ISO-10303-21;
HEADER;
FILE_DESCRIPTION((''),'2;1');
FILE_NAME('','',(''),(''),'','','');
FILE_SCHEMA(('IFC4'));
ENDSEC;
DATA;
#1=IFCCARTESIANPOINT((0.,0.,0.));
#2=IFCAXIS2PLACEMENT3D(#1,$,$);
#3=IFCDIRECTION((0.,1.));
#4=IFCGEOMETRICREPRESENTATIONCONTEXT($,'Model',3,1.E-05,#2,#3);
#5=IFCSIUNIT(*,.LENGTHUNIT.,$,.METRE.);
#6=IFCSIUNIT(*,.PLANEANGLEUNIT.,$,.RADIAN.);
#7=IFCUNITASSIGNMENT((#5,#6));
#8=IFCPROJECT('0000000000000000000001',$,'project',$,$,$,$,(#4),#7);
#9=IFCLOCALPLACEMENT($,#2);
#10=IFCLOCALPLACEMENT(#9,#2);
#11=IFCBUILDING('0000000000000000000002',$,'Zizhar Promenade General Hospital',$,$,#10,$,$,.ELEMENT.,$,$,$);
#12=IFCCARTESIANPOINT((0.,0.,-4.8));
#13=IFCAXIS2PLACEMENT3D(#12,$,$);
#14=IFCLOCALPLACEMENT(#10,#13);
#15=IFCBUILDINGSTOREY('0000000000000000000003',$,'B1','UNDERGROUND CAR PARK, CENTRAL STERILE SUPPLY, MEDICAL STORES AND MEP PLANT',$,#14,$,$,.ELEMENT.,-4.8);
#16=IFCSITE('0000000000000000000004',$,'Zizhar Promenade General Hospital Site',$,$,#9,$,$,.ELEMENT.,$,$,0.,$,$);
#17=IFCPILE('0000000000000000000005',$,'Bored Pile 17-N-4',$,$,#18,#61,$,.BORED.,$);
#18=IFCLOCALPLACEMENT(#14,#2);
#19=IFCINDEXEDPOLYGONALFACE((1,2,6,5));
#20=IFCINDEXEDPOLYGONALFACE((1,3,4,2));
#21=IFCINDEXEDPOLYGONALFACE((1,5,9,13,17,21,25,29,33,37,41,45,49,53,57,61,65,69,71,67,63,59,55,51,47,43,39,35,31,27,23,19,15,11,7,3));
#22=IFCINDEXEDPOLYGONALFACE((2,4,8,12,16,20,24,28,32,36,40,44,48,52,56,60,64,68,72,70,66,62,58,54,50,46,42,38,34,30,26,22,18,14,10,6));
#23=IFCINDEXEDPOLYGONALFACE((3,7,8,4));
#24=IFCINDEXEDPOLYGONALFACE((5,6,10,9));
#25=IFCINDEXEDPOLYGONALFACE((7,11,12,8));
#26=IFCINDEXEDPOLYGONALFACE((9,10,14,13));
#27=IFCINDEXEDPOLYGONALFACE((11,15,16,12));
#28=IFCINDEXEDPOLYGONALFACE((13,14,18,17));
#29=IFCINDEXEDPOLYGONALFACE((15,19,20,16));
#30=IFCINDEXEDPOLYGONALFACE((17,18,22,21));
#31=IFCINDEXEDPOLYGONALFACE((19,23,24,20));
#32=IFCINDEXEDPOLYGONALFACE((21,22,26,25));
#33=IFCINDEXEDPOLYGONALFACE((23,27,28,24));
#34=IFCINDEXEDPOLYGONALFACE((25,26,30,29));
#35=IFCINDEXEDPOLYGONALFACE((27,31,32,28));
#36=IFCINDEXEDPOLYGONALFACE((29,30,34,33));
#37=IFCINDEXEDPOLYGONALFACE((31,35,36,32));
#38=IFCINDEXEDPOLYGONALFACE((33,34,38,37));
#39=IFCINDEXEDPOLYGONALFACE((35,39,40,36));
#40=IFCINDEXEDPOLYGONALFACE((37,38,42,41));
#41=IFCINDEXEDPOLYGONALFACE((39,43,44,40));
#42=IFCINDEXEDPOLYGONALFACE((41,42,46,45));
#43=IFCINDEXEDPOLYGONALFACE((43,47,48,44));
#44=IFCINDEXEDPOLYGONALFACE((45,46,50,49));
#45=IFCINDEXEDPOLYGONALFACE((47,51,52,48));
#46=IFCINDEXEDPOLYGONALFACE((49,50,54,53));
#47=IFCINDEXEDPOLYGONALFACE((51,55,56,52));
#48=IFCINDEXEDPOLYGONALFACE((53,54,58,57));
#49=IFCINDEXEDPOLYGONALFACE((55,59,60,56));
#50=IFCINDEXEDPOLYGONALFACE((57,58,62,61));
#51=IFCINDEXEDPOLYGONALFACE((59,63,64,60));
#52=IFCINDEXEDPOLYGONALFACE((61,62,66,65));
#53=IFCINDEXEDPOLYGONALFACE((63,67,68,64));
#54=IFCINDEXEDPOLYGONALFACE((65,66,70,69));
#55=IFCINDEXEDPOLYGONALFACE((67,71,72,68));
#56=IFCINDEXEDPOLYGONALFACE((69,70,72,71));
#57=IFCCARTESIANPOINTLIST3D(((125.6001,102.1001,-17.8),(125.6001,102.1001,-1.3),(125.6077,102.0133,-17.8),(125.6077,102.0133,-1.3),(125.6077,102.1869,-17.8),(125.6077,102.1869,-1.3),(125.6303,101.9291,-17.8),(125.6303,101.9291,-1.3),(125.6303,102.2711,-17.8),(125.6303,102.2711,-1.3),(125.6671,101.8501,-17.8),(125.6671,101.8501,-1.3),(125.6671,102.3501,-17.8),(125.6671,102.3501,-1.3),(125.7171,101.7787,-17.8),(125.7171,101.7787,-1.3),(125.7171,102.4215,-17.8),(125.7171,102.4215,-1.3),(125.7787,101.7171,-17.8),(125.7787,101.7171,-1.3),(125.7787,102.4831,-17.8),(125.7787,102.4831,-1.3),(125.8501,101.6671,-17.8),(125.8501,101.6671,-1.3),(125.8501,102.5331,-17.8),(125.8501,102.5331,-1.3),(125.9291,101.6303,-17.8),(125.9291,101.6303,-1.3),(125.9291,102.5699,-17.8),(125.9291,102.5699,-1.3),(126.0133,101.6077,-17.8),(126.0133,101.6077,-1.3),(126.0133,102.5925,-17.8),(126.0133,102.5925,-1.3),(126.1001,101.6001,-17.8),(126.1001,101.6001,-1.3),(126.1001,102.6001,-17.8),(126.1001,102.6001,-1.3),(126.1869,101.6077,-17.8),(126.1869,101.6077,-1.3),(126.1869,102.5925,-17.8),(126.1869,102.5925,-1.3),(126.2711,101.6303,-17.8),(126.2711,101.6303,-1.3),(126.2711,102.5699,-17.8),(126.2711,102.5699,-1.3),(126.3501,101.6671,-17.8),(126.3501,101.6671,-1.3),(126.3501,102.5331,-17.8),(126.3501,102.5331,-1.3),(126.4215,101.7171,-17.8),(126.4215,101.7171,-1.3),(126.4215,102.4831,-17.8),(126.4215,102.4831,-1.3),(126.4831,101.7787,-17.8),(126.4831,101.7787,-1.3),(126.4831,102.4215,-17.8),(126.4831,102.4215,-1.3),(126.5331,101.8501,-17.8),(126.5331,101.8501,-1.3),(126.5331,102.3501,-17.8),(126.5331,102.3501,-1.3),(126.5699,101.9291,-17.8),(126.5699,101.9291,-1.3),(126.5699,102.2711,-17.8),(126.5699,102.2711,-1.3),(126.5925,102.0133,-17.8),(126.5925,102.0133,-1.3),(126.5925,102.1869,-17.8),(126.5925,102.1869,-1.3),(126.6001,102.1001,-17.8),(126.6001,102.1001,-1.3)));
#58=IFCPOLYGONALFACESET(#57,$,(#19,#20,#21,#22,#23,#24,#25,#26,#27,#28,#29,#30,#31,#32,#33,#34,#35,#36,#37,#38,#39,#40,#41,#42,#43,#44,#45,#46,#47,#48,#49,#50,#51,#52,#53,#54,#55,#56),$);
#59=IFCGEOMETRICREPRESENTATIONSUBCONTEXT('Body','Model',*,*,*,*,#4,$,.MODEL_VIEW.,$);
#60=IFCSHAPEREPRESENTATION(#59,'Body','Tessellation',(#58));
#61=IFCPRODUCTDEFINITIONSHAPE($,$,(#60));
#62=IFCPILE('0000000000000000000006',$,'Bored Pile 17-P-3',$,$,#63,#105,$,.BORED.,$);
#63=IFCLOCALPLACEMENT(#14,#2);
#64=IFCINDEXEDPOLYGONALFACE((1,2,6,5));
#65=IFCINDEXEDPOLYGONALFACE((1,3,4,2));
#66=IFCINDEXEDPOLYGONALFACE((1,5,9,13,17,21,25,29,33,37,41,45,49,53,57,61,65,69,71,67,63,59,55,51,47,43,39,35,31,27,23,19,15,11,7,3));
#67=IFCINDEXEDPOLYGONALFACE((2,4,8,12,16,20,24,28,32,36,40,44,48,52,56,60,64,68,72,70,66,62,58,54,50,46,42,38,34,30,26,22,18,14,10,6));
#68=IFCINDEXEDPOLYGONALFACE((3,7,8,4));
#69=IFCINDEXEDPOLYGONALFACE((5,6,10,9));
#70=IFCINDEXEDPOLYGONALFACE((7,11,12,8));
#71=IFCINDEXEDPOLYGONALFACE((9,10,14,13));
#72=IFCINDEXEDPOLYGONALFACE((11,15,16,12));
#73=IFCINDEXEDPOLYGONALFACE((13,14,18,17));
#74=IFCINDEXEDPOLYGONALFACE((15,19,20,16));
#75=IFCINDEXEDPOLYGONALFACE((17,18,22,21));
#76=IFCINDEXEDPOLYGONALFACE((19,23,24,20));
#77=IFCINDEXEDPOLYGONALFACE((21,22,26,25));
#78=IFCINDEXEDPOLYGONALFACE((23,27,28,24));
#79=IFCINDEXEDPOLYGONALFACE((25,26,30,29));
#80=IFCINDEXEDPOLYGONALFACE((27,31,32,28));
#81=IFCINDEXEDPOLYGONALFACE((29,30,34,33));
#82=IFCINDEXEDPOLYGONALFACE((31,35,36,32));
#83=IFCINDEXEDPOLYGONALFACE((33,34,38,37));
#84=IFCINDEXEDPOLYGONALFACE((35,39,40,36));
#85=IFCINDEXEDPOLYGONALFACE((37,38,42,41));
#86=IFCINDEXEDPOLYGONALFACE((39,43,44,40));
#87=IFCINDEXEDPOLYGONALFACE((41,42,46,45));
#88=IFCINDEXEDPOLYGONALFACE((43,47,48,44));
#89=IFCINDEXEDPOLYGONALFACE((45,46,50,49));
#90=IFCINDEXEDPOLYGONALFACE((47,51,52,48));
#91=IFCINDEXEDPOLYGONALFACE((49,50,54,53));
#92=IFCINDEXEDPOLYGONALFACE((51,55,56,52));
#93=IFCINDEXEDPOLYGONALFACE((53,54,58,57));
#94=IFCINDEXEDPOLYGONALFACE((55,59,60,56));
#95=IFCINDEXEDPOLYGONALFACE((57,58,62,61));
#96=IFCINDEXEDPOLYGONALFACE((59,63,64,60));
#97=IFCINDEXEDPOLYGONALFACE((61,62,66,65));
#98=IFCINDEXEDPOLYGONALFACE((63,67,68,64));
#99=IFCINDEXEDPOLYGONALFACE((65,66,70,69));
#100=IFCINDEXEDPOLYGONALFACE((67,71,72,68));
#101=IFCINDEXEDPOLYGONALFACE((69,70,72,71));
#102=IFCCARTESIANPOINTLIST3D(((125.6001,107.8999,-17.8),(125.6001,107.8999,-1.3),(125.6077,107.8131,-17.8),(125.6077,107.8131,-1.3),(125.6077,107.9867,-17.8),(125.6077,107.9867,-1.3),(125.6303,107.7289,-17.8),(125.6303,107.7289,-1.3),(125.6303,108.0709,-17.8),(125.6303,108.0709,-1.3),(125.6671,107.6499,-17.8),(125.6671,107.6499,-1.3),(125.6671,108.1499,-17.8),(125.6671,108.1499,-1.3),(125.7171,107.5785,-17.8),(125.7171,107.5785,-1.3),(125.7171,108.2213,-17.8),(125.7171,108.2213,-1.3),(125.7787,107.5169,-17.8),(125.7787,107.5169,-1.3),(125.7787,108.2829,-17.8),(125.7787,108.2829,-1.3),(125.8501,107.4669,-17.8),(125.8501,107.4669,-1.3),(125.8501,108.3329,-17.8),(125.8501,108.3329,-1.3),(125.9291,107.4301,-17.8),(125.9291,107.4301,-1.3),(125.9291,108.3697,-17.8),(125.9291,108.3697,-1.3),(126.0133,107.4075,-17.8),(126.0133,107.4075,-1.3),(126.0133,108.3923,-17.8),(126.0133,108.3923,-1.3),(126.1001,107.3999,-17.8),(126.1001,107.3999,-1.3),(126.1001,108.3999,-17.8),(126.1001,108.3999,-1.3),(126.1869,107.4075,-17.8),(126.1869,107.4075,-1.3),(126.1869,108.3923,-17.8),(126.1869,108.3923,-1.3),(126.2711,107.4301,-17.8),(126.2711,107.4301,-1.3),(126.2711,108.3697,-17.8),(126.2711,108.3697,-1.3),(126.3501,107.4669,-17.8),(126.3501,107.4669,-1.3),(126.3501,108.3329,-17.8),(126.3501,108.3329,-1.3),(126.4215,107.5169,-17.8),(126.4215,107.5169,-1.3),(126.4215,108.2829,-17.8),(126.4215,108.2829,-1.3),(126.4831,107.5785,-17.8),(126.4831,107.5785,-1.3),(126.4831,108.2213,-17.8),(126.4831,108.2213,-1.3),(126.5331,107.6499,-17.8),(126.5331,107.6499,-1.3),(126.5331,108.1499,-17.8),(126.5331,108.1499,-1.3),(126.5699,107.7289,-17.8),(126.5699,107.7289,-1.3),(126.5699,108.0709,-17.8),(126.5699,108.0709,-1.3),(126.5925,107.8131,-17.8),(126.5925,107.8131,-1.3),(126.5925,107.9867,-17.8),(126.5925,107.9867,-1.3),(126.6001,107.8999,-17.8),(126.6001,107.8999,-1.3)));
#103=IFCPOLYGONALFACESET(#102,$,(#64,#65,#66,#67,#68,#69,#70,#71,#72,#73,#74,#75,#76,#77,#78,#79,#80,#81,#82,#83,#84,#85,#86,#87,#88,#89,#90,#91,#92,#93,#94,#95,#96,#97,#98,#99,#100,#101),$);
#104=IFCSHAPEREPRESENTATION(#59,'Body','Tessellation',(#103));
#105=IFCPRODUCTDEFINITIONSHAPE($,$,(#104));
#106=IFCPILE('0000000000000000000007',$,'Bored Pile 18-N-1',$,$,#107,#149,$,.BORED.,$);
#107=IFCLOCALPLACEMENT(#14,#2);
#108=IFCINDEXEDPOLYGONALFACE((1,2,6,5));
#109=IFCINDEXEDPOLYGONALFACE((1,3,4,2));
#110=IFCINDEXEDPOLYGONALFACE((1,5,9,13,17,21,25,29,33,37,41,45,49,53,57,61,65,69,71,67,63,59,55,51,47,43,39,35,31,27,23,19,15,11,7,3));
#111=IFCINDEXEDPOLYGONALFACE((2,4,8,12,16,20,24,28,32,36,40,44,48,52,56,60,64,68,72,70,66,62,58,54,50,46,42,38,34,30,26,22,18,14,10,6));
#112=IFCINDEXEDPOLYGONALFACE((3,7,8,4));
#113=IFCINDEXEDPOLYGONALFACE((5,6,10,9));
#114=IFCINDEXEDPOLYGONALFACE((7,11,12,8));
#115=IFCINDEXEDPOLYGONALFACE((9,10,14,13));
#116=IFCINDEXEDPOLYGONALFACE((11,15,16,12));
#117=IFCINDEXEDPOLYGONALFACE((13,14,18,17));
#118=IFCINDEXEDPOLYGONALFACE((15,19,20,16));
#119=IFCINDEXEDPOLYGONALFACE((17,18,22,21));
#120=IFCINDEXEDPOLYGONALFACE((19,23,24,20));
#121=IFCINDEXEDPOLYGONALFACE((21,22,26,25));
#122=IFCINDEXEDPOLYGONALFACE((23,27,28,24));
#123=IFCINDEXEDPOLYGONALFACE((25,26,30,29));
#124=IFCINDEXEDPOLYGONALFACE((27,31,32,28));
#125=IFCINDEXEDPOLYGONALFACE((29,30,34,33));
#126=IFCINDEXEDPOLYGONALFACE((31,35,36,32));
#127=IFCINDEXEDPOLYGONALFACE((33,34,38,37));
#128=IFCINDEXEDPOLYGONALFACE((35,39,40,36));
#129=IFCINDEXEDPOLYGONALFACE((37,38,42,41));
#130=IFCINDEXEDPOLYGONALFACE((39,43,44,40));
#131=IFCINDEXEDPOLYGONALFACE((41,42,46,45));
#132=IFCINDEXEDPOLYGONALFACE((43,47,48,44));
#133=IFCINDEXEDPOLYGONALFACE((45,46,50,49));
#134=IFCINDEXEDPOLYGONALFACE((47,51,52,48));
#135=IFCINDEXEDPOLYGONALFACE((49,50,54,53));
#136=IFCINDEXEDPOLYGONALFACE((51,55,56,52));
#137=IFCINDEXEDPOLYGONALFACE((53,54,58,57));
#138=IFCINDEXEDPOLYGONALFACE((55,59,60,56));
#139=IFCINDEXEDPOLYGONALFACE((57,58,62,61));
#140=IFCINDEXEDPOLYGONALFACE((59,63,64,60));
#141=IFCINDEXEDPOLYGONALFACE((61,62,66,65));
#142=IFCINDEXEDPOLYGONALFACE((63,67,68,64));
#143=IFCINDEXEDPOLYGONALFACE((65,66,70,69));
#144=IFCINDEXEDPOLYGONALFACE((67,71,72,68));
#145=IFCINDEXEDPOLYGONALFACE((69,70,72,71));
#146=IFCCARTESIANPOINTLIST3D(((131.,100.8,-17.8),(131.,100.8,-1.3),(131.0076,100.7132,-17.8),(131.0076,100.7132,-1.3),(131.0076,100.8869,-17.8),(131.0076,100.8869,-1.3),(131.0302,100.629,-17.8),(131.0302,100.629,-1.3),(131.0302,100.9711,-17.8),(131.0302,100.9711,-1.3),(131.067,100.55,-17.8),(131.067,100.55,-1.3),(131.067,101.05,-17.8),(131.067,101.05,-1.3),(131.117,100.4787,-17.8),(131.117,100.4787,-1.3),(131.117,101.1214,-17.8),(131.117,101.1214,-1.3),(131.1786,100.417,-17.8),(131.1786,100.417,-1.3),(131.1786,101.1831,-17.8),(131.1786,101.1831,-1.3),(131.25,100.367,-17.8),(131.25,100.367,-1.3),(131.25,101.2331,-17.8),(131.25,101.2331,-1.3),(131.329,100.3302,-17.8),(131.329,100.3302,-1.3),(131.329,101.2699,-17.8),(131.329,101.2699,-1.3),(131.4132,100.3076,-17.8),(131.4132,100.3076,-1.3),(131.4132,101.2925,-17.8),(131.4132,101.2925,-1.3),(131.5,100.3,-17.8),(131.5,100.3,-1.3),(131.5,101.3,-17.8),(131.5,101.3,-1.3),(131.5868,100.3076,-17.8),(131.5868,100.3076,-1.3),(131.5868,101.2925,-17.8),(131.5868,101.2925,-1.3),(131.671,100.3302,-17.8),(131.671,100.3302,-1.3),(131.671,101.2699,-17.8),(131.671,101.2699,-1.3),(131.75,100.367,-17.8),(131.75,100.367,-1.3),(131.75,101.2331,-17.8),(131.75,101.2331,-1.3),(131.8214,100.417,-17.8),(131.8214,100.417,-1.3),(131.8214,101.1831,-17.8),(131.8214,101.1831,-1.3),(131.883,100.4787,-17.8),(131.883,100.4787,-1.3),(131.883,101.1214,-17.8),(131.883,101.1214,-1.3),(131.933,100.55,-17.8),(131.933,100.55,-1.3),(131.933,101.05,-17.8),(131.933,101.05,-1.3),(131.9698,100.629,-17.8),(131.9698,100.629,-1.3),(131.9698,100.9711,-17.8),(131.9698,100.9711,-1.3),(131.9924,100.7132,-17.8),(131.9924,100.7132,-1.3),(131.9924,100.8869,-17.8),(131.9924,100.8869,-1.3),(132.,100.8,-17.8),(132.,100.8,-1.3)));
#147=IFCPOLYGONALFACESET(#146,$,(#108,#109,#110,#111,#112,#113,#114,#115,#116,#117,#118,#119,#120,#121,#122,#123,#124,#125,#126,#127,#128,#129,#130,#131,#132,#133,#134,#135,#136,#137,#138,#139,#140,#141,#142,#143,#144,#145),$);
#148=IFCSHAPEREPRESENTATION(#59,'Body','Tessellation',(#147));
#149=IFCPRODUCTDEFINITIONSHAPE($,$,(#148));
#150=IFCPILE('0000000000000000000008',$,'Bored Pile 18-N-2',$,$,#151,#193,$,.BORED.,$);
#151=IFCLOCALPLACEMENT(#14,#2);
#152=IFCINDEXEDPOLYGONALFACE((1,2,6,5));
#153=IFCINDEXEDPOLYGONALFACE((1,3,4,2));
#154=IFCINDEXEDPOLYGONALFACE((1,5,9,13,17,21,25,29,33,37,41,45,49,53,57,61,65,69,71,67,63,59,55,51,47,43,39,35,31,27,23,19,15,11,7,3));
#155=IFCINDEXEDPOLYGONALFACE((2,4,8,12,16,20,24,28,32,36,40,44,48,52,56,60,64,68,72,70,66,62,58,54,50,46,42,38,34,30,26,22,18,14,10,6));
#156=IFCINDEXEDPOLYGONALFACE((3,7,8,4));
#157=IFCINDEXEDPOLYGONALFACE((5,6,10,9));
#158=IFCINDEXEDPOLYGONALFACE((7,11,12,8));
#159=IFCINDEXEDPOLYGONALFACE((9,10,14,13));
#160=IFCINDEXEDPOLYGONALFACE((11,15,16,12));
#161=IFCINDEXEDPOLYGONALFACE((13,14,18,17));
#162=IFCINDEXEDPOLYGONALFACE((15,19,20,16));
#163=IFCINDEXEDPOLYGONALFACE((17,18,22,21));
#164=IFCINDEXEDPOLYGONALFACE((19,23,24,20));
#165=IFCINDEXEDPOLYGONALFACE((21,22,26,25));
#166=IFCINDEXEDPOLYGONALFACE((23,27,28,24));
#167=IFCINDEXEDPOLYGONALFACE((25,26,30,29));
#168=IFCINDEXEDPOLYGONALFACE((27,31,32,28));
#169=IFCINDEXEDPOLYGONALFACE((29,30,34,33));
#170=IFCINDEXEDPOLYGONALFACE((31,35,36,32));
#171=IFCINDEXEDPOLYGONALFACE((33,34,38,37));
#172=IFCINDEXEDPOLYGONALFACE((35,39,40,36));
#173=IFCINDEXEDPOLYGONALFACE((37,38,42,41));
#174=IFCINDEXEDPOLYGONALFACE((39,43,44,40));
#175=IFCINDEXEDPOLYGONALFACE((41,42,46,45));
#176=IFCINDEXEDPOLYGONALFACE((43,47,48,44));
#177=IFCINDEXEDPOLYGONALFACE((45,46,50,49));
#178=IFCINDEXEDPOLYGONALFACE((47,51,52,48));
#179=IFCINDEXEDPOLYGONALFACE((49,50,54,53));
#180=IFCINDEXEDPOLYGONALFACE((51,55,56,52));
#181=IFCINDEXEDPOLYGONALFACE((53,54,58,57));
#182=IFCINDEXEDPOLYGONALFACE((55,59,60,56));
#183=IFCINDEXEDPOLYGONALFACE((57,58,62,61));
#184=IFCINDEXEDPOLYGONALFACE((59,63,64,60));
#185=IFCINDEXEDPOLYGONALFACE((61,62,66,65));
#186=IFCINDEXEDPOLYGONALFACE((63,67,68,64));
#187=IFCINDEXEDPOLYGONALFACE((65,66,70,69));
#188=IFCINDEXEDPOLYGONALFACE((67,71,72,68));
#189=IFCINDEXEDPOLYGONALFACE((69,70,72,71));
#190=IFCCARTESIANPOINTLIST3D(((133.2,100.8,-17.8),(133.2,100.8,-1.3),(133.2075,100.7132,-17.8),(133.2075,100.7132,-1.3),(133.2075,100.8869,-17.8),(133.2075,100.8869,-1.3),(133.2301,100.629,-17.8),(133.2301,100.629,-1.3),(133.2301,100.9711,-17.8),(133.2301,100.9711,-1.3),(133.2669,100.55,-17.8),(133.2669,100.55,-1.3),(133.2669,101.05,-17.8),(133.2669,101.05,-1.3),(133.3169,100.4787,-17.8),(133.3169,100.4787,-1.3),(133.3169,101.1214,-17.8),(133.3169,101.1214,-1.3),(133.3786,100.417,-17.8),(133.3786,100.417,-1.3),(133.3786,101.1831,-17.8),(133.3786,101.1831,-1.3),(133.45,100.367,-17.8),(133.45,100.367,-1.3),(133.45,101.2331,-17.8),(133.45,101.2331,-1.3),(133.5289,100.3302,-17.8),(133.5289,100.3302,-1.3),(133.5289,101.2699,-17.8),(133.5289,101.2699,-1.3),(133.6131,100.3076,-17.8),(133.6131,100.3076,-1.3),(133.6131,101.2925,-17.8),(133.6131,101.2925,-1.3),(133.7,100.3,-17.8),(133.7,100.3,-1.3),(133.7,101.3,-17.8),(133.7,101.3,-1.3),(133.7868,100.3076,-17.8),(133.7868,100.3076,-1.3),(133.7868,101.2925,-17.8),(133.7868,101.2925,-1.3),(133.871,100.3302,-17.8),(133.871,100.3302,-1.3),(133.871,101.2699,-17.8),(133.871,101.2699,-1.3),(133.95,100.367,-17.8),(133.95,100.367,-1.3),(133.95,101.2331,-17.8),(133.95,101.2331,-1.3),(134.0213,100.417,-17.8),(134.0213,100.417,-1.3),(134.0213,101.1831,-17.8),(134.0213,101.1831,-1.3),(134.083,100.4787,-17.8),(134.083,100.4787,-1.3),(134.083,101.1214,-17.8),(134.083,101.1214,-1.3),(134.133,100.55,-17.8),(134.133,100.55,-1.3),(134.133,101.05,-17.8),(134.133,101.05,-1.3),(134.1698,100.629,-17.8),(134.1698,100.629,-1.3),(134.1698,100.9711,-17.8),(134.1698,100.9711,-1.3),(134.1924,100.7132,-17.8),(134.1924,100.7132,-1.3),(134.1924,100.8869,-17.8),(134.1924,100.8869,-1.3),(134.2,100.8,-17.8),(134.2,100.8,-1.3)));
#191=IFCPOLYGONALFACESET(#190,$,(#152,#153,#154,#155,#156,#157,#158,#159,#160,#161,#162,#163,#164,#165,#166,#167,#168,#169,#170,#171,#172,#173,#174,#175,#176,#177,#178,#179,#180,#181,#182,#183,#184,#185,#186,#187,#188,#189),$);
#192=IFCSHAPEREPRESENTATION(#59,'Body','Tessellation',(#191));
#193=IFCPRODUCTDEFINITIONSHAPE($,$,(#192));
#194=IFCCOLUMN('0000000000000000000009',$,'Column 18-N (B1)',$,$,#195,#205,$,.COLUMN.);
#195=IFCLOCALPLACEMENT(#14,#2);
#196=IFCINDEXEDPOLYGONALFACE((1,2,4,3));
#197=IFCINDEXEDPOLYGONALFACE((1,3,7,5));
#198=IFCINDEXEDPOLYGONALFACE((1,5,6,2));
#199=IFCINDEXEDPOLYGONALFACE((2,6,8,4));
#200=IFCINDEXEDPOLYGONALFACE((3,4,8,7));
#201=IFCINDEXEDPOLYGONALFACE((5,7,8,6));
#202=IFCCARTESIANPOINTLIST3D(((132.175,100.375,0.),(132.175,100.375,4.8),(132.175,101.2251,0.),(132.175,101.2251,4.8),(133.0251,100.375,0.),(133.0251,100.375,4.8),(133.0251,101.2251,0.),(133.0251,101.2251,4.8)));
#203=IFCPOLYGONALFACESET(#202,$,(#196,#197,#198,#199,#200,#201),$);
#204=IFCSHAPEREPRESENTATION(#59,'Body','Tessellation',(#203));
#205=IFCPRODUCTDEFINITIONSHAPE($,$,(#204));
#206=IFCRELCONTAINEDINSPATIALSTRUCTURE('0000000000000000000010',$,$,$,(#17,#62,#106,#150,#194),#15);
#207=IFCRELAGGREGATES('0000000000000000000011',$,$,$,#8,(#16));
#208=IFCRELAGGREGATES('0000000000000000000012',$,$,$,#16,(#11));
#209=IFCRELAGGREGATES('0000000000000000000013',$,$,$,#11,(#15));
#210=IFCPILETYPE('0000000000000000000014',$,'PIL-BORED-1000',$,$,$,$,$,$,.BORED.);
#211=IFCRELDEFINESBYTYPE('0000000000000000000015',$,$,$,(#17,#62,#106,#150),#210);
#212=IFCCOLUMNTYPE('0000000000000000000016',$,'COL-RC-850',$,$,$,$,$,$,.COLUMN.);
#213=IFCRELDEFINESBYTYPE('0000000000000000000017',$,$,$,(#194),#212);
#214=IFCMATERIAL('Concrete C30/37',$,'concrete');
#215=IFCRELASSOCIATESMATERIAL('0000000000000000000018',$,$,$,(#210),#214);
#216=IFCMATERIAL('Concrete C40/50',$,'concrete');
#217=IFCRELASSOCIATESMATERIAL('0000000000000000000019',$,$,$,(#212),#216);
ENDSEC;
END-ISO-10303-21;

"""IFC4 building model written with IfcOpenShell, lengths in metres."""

from ifc_helpers import new_model, si_unit, direction, frame, origin, origin_2d, place, context, subcontext, project, spatial, rectangle, circle, extrude, material, material_profile, profile_set, type_object, element, save


model = new_model("IFC4")

# Units and contexts
model_context = context("Model", 3, precision=1e-05, world=origin(), true_north=direction((0.0, 1.0)))
body_context = subcontext(model_context, "Body", "Model", "MODEL_VIEW")
ifc_project = project(units=[si_unit("LENGTHUNIT", "METRE"), si_unit("PLANEANGLEUNIT", "RADIAN")], contexts=[model_context])

# Site, building, storey
site_placement = place(None, origin())
site = spatial("IfcSite", under=ifc_project, at=site_placement, Name="Zizhar Promenade General Hospital Site", CompositionType="ELEMENT", RefElevation=0.0)
building_placement = place(site_placement, origin())
building = spatial("IfcBuilding", under=site, at=building_placement, Name="Zizhar Promenade General Hospital", CompositionType="ELEMENT")
storey_placement = place(building_placement, frame((0.0, 0.0, -4.8)))
storey = spatial("IfcBuildingStorey", under=building, at=storey_placement, Name="B1", Description="UNDERGROUND CAR PARK, CENTRAL STERILE SUPPLY, MEDICAL STORES AND MEP PLANT", CompositionType="ELEMENT", Elevation=-4.8)

# Piles
ifc_material_1 = material(Name="Concrete C30/37", Category="concrete")
ifc_material_profile_1 = material_profile(ifc_material_1, circle(Radius=0.5, at=origin_2d()))
ifc_profile_set_1 = profile_set([ifc_material_profile_1], Name="Concrete C30/37")
pile_type = type_object("IfcPileType", Name="PIL-BORED-1000", PredefinedType="BORED", material=ifc_profile_set_1)
for number, where, z_axis, x_axis, name in (
    (1, (126.1001, 102.1001, -1.3), (0.0, 0.0, -1.0), (1.0, 0.0, 0.0), "Bored Pile 17-N-4"),
    (2, (126.1001, 107.8999, -1.3), (0.0, 0.0, -1.0), (1.0, 0.0, 0.0), "Bored Pile 17-P-3"),
    (3, (131.5, 100.8, -1.3), (0.0, 0.0, -1.0), (1.0, 0.0, 0.0), "Bored Pile 18-N-1"),
    (4, (133.7, 100.8, -1.3), (0.0, 0.0, -1.0), (1.0, 0.0, 0.0), "Bored Pile 18-N-2"),
):
    element("IfcPile", number, at=place(storey_placement, frame(where, z_axis=z_axis, x_axis=x_axis)), inside=storey, type_object=pile_type, Name=name, PredefinedType="BORED", context=body_context, shape_type="SweptSolid", body=[
        extrude(circle(Radius=0.5, at=origin_2d()), origin(), (0.0, 0.0, 1.0), 16.5),
    ])

# Column
ifc_material_2 = material(Name="Concrete C40/50", Category="concrete")
ifc_material_profile_2 = material_profile(ifc_material_2, rectangle(XDim=0.8501, YDim=0.8501, at=origin_2d()))
ifc_profile_set_2 = profile_set([ifc_material_profile_2], Name="Concrete C40/50")
column_type_1 = type_object("IfcColumnType", Name="COL-RC-850", PredefinedType="COLUMN", material=ifc_profile_set_2)
column_placement = place(storey_placement, frame((132.6001, 100.8, 0.0), z_axis=(0.0, 0.0, 1.0), x_axis=(1.0, 0.0, 0.0)))
element("IfcColumn", 5, at=column_placement, inside=storey, type_object=column_type_1, Name="Column 18-N (B1)", PredefinedType="COLUMN", context=body_context, shape_type="SweptSolid", body=[
    extrude(rectangle(XDim=0.8501, YDim=0.8501, at=origin_2d()), origin(), (0.0, 0.0, 1.0), 4.8),
])

save(model, "model.ifc")
